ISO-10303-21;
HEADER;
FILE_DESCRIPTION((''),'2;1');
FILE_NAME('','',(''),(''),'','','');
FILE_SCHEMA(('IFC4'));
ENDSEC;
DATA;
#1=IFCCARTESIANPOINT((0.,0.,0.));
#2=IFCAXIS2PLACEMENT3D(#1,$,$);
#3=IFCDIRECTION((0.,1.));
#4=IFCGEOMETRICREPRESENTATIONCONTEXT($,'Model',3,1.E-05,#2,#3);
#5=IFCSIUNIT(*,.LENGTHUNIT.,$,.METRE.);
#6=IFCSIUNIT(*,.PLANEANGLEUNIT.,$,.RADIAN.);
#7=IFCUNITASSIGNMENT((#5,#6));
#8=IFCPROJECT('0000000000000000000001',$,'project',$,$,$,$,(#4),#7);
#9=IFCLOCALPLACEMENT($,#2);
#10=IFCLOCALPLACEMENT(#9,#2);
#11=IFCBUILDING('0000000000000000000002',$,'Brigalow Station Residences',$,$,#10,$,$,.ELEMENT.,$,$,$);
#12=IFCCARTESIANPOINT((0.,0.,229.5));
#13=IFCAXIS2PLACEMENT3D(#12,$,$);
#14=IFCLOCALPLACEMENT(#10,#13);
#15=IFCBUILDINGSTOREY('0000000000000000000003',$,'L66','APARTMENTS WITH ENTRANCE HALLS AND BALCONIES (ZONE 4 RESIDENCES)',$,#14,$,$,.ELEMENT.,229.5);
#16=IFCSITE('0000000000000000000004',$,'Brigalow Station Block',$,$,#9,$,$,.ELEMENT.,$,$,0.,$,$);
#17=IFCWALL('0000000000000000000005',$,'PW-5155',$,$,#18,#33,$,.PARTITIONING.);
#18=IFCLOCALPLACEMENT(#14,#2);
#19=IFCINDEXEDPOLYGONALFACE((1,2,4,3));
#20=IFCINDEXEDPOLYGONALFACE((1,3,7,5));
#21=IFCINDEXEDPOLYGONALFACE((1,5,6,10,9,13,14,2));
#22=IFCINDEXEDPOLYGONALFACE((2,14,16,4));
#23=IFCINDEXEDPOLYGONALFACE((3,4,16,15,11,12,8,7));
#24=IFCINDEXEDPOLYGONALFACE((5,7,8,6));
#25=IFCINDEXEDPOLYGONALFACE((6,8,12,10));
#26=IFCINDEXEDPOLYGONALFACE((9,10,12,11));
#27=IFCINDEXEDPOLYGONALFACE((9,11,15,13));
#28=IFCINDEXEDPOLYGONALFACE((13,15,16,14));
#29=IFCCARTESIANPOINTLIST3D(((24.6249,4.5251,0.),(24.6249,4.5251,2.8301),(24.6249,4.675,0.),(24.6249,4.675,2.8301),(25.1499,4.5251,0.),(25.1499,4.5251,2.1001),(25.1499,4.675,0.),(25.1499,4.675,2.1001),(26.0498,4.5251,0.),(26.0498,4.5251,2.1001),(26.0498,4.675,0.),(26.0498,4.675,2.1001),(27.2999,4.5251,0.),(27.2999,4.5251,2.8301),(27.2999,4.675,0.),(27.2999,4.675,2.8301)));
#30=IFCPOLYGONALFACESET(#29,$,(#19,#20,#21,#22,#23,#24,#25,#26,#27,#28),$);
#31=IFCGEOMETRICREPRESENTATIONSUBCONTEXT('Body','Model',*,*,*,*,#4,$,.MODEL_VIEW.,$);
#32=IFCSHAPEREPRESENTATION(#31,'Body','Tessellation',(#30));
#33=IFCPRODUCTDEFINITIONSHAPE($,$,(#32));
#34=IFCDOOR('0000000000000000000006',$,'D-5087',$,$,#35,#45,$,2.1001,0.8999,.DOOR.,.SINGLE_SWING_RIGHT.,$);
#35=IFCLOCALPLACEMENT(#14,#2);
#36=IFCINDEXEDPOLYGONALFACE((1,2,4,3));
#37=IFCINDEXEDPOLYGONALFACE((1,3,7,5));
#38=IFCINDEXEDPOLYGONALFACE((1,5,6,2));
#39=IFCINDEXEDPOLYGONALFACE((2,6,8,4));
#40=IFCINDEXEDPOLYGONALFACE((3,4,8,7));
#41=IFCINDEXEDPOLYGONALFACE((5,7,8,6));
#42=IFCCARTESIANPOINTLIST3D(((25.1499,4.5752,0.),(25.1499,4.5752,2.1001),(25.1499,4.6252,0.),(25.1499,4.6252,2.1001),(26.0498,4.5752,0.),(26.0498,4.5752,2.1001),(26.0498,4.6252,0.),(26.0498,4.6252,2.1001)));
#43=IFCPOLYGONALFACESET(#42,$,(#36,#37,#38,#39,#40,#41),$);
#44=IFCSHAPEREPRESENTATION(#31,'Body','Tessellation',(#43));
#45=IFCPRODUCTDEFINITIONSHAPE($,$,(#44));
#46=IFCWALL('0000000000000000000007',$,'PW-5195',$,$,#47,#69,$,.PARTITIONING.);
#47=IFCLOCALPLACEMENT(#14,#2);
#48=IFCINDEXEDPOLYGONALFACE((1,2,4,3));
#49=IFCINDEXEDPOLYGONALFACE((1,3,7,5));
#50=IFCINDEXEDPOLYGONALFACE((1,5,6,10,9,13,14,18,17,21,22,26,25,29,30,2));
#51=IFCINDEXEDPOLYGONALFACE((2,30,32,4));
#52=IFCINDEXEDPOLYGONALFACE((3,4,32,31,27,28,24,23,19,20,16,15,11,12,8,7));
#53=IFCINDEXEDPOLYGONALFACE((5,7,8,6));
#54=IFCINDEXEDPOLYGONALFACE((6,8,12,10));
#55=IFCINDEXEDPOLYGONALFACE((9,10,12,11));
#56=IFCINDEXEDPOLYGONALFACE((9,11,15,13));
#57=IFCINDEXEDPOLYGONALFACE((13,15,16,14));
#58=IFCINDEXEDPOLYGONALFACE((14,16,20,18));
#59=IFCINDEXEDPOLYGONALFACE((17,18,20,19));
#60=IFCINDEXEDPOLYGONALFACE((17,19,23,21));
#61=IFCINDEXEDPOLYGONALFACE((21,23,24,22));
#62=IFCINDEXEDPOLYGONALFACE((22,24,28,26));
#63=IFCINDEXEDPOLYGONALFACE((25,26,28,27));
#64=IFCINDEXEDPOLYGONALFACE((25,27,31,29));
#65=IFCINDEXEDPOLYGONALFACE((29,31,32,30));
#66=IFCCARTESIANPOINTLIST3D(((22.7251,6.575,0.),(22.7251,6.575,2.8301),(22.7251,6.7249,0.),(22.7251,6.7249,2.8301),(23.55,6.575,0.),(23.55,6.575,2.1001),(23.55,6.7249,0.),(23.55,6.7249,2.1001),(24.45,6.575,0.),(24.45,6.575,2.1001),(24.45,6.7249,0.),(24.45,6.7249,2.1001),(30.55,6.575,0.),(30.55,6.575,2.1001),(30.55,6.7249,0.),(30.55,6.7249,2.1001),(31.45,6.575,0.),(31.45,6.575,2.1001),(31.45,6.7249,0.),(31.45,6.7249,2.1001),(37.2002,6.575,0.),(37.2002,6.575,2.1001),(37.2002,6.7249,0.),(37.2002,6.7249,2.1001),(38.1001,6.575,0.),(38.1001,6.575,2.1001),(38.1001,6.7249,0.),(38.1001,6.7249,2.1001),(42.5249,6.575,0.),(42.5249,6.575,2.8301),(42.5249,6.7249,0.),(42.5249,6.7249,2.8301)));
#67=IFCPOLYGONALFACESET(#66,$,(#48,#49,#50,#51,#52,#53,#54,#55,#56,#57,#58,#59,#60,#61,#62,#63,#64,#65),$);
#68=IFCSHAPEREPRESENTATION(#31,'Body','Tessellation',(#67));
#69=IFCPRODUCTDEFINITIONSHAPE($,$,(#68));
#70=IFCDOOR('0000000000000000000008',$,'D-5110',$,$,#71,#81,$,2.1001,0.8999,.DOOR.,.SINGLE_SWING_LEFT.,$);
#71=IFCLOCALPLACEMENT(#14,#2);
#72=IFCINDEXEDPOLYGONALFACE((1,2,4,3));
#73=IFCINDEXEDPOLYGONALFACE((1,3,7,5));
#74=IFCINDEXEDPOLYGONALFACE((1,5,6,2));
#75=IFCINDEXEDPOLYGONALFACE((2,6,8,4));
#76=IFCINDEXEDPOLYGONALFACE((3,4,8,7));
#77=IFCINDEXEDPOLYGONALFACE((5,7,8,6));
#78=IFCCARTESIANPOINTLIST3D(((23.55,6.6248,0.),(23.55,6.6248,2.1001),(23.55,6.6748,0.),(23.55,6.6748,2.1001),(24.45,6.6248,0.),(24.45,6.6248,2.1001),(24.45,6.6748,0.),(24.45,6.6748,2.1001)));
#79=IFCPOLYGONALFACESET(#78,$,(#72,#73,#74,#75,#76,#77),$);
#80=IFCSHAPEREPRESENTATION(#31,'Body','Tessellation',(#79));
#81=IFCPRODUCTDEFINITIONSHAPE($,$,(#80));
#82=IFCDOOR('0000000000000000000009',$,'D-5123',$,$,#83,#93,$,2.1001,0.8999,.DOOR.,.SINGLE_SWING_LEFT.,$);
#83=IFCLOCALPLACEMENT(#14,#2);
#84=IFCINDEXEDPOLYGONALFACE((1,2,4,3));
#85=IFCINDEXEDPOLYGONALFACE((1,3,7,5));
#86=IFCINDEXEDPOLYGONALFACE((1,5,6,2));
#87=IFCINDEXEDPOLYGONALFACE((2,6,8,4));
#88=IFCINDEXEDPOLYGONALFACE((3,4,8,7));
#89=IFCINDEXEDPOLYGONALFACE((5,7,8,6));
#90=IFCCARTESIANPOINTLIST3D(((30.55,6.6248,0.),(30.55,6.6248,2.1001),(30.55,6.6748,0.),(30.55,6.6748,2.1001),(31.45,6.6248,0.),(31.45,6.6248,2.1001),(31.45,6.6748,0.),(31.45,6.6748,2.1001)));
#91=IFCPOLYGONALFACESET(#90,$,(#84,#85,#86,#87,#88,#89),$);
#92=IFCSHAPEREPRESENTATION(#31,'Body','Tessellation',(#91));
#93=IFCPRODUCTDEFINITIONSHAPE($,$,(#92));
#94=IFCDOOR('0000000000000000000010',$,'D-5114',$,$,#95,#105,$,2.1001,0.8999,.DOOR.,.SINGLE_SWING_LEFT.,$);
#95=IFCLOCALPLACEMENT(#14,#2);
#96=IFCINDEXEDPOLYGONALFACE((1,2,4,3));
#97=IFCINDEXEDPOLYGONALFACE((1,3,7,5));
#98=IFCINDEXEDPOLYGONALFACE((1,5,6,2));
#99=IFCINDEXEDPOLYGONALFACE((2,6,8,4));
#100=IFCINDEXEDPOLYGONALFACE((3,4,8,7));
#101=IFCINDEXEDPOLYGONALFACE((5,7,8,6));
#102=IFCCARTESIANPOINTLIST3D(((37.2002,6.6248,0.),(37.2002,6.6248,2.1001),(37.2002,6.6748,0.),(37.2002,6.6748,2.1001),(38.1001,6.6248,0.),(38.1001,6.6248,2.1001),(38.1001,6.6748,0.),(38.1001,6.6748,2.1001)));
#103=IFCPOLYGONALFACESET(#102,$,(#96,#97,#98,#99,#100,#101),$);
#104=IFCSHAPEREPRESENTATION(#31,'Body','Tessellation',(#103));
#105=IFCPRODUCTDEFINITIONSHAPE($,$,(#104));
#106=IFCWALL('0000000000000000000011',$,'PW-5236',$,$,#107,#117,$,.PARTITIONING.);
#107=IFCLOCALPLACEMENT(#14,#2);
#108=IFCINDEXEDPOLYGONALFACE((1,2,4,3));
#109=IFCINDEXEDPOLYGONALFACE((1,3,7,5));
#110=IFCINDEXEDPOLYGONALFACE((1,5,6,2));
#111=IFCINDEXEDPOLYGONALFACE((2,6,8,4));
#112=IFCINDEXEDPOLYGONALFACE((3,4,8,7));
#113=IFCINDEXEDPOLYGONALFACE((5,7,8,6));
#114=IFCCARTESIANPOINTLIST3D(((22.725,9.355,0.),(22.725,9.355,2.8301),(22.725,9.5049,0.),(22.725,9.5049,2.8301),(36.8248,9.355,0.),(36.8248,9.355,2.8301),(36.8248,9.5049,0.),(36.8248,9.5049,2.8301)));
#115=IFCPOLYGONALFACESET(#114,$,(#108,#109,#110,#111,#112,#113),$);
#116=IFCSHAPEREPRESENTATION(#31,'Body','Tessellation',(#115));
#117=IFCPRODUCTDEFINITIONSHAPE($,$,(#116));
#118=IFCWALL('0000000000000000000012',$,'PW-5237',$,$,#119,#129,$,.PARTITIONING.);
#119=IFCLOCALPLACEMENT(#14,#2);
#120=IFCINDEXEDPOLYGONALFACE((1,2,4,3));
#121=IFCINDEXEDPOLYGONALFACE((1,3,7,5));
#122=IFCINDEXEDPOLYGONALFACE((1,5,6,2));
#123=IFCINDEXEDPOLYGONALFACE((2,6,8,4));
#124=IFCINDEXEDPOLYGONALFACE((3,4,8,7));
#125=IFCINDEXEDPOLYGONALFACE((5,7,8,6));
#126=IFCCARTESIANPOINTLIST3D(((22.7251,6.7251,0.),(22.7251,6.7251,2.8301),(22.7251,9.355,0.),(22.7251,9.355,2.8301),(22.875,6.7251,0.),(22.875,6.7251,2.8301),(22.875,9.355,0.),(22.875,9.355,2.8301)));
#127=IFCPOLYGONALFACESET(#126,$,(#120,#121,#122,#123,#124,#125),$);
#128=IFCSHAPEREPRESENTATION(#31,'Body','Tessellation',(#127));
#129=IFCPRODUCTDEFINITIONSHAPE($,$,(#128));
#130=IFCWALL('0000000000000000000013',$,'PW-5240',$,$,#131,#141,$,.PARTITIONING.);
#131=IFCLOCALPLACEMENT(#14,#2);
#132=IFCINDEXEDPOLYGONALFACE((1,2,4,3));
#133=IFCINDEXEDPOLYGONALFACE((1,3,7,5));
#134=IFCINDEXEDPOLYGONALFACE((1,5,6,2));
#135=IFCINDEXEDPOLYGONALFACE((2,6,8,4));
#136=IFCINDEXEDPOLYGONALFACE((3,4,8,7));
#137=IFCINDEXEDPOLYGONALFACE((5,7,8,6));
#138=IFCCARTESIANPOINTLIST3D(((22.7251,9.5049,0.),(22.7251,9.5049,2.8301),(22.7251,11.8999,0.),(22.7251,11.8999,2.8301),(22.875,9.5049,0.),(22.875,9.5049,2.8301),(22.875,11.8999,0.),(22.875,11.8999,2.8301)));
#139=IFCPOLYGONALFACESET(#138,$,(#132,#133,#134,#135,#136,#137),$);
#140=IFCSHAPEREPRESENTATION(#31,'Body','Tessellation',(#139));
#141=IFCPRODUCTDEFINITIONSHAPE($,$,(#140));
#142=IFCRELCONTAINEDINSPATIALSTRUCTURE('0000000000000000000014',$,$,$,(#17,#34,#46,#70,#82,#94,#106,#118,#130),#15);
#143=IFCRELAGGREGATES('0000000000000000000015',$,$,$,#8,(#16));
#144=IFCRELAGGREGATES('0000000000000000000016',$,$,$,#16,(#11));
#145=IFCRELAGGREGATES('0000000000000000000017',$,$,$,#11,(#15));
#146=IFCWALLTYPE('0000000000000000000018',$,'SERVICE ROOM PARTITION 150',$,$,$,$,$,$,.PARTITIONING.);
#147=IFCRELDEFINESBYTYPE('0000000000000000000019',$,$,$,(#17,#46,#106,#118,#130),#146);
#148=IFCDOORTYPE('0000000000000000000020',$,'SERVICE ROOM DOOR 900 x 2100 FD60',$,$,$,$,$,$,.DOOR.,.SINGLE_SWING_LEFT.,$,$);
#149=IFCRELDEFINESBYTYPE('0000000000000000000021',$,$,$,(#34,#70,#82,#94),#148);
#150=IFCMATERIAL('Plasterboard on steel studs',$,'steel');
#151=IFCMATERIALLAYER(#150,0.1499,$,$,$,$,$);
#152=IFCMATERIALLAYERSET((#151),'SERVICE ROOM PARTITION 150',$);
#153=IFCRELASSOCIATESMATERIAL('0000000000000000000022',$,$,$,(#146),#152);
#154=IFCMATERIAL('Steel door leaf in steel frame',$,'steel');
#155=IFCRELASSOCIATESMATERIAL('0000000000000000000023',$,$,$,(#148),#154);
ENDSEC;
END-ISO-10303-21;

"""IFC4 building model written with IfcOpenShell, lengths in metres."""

from ifc_helpers import new_model, si_unit, direction, frame, frame_2d, origin, place, context, subcontext, project, spatial, rectangle, extrude, material, layer, layer_set, type_object, element, fill, save


model = new_model("IFC4")

# Units and contexts
model_context = context("Model", 3, precision=1e-05, world=origin(), true_north=direction((0.0, 1.0)))
body_context = subcontext(model_context, "Body", "Model", "MODEL_VIEW")
ifc_project = project(units=[si_unit("LENGTHUNIT", "METRE"), si_unit("PLANEANGLEUNIT", "RADIAN")], contexts=[model_context])

# Site, building, storey
site_placement = place(None, origin())
site = spatial("IfcSite", under=ifc_project, at=site_placement, Name="Brigalow Station Block", CompositionType="ELEMENT", RefElevation=0.0)
building_placement = place(site_placement, origin())
building = spatial("IfcBuilding", under=site, at=building_placement, Name="Brigalow Station Residences", CompositionType="ELEMENT")
storey_placement = place(building_placement, frame((0.0, 0.0, 229.5)))
storey = spatial("IfcBuildingStorey", under=building, at=storey_placement, Name="L66", Description="APARTMENTS WITH ENTRANCE HALLS AND BALCONIES (ZONE 4 RESIDENCES)", CompositionType="ELEMENT", Elevation=229.5)

# Wall, opening, door
ifc_material_1 = material(Name="Plasterboard on steel studs", Category="steel")
ifc_layer = layer(ifc_material_1, 0.1499)
ifc_layer_set = layer_set([ifc_layer], Name="SERVICE ROOM PARTITION 150")
wall_type = type_object("IfcWallType", Name="SERVICE ROOM PARTITION 150", PredefinedType="PARTITIONING", material=ifc_layer_set)
wall_1_placement = place(storey_placement, frame((24.625, 4.6001, 0.0), z_axis=(0.0, 0.0, 1.0), x_axis=(1.0, 0.0, 0.0)))
wall_1 = element("IfcWall", 1, at=wall_1_placement, inside=storey, type_object=wall_type, Name="PW-5155", PredefinedType="PARTITIONING", context=body_context, shape_type="SweptSolid", body=[
    extrude(rectangle(XDim=2.675, YDim=0.1499, at=frame_2d((1.3374, 0.0))), origin(), (0.0, 0.0, 1.0), 2.8301),
])
opening_1_placement = place(wall_1_placement, frame((0.5249, 0.0, 0.0)))
opening_1 = element("IfcOpeningElement", 2, at=opening_1_placement, cuts=wall_1, PredefinedType="OPENING", context=body_context, shape_type="SweptSolid", body=[
    extrude(rectangle(XDim=0.8999, YDim=2.1001, at=frame_2d((0.45, 1.05))), frame((0.0, 0.085, 0.0), z_axis=(0.0, -1.0, 0.0), x_axis=(1.0, 0.0, 0.0)), (0.0, 0.0, 1.0), 0.1699),
])
ifc_material_2 = material(Name="Steel door leaf in steel frame", Category="steel")
door_type = type_object("IfcDoorType", Name="SERVICE ROOM DOOR 900 x 2100 FD60", OperationType="SINGLE_SWING_LEFT", PredefinedType="DOOR", material=ifc_material_2)
door_1_placement = place(opening_1_placement, frame((0.8999, 0.0, 0.0), z_axis=(0.0, 0.0, 1.0), x_axis=(-1.0, 0.0, 0.0)))
door_1 = element("IfcDoor", 3, at=door_1_placement, inside=storey, type_object=door_type, Name="D-5087", OperationType="SINGLE_SWING_RIGHT", OverallHeight=2.1001, OverallWidth=0.8999, PredefinedType="DOOR", context=body_context, shape_type="SweptSolid", body=[
    extrude(rectangle(XDim=0.8999, YDim=2.1001, at=frame_2d((0.45, 1.05))), frame((0.0, 0.0249, 0.0), z_axis=(0.0, -1.0, 0.0), x_axis=(1.0, 0.0, 0.0)), (0.0, 0.0, 1.0), 0.05),
])
fill(opening_1, door_1)

# Wall, openings, doors
wall_2_placement = place(storey_placement, frame((22.7251, 6.6499, 0.0), z_axis=(0.0, 0.0, 1.0), x_axis=(1.0, 0.0, 0.0)))
wall_2 = element("IfcWall", 4, at=wall_2_placement, inside=storey, type_object=wall_type, Name="PW-5195", PredefinedType="PARTITIONING", context=body_context, shape_type="SweptSolid", body=[
    extrude(rectangle(XDim=19.7998, YDim=0.1499, at=frame_2d((9.8999, 0.0))), origin(), (0.0, 0.0, 1.0), 2.8301),
])
opening_2_placement = place(wall_2_placement, frame((0.825, 0.0, 0.0)))
opening_2 = element("IfcOpeningElement", 5, at=opening_2_placement, cuts=wall_2, PredefinedType="OPENING", context=body_context, shape_type="SweptSolid", body=[
    extrude(rectangle(XDim=0.8999, YDim=2.1001, at=frame_2d((0.45, 1.05))), frame((0.0, 0.085, 0.0), z_axis=(0.0, -1.0, 0.0), x_axis=(1.0, 0.0, 0.0)), (0.0, 0.0, 1.0), 0.1699),
])
opening_3_placement = place(wall_2_placement, frame((7.825, 0.0, 0.0)))
opening_3 = element("IfcOpeningElement", 6, at=opening_3_placement, cuts=wall_2, PredefinedType="OPENING", context=body_context, shape_type="SweptSolid", body=[
    extrude(rectangle(XDim=0.8999, YDim=2.1001, at=frame_2d((0.45, 1.05))), frame((0.0, 0.085, 0.0), z_axis=(0.0, -1.0, 0.0), x_axis=(1.0, 0.0, 0.0)), (0.0, 0.0, 1.0), 0.1699),
])
opening_4_placement = place(wall_2_placement, frame((14.4751, 0.0, 0.0)))
opening_4 = element("IfcOpeningElement", 7, at=opening_4_placement, cuts=wall_2, PredefinedType="OPENING", context=body_context, shape_type="SweptSolid", body=[
    extrude(rectangle(XDim=0.8999, YDim=2.1001, at=frame_2d((0.45, 1.05))), frame((0.0, 0.085, 0.0), z_axis=(0.0, -1.0, 0.0), x_axis=(1.0, 0.0, 0.0)), (0.0, 0.0, 1.0), 0.1699),
])
door_2_placement = place(opening_2_placement, origin())
door_2 = element("IfcDoor", 8, at=door_2_placement, inside=storey, type_object=door_type, Name="D-5110", OperationType="SINGLE_SWING_LEFT", OverallHeight=2.1001, OverallWidth=0.8999, PredefinedType="DOOR", context=body_context, shape_type="SweptSolid", body=[
    extrude(rectangle(XDim=0.8999, YDim=2.1001, at=frame_2d((0.45, 1.05))), frame((0.0, 0.0249, 0.0), z_axis=(0.0, -1.0, 0.0), x_axis=(1.0, 0.0, 0.0)), (0.0, 0.0, 1.0), 0.05),
])
fill(opening_2, door_2)
door_3_placement = place(opening_3_placement, origin())
door_3 = element("IfcDoor", 9, at=door_3_placement, inside=storey, type_object=door_type, Name="D-5123", OperationType="SINGLE_SWING_LEFT", OverallHeight=2.1001, OverallWidth=0.8999, PredefinedType="DOOR", context=body_context, shape_type="SweptSolid", body=[
    extrude(rectangle(XDim=0.8999, YDim=2.1001, at=frame_2d((0.45, 1.05))), frame((0.0, 0.0249, 0.0), z_axis=(0.0, -1.0, 0.0), x_axis=(1.0, 0.0, 0.0)), (0.0, 0.0, 1.0), 0.05),
])
fill(opening_3, door_3)
door_4_placement = place(opening_4_placement, origin())
door_4 = element("IfcDoor", 10, at=door_4_placement, inside=storey, type_object=door_type, Name="D-5114", OperationType="SINGLE_SWING_LEFT", OverallHeight=2.1001, OverallWidth=0.8999, PredefinedType="DOOR", context=body_context, shape_type="SweptSolid", body=[
    extrude(rectangle(XDim=0.8999, YDim=2.1001, at=frame_2d((0.45, 1.05))), frame((0.0, 0.0249, 0.0), z_axis=(0.0, -1.0, 0.0), x_axis=(1.0, 0.0, 0.0)), (0.0, 0.0, 1.0), 0.05),
])
fill(opening_4, door_4)

# Walls
wall_3_placement = place(storey_placement, frame((22.7251, 9.4299, 0.0), z_axis=(0.0, 0.0, 1.0), x_axis=(1.0, 0.0, 0.0)))
element("IfcWall", 11, at=wall_3_placement, inside=storey, type_object=wall_type, Name="PW-5236", PredefinedType="PARTITIONING", context=body_context, shape_type="SweptSolid", body=[
    extrude(rectangle(XDim=14.0999, YDim=0.1499, at=frame_2d((7.0498, 0.0))), origin(), (0.0, 0.0, 1.0), 2.8301),
])
wall_4_placement = place(storey_placement, frame((22.8, 6.7251, 0.0), z_axis=(0.0, 0.0, 1.0), x_axis=(0.0, 1.0, 0.0)))
element("IfcWall", 12, at=wall_4_placement, inside=storey, type_object=wall_type, Name="PW-5237", PredefinedType="PARTITIONING", context=body_context, shape_type="SweptSolid", body=[
    extrude(rectangle(XDim=2.6299, YDim=0.1499, at=frame_2d((1.3149, 0.0))), origin(), (0.0, 0.0, 1.0), 2.8301),
])
wall_5_placement = place(storey_placement, frame((22.8, 9.5049, 0.0), z_axis=(0.0, 0.0, 1.0), x_axis=(0.0, 1.0, 0.0)))
element("IfcWall", 13, at=wall_5_placement, inside=storey, type_object=wall_type, Name="PW-5240", PredefinedType="PARTITIONING", context=body_context, shape_type="SweptSolid", body=[
    extrude(rectangle(XDim=2.395, YDim=0.1499, at=frame_2d((1.1975, 0.0))), origin(), (0.0, 0.0, 1.0), 2.8301),
])

save(model, "model.ifc")
